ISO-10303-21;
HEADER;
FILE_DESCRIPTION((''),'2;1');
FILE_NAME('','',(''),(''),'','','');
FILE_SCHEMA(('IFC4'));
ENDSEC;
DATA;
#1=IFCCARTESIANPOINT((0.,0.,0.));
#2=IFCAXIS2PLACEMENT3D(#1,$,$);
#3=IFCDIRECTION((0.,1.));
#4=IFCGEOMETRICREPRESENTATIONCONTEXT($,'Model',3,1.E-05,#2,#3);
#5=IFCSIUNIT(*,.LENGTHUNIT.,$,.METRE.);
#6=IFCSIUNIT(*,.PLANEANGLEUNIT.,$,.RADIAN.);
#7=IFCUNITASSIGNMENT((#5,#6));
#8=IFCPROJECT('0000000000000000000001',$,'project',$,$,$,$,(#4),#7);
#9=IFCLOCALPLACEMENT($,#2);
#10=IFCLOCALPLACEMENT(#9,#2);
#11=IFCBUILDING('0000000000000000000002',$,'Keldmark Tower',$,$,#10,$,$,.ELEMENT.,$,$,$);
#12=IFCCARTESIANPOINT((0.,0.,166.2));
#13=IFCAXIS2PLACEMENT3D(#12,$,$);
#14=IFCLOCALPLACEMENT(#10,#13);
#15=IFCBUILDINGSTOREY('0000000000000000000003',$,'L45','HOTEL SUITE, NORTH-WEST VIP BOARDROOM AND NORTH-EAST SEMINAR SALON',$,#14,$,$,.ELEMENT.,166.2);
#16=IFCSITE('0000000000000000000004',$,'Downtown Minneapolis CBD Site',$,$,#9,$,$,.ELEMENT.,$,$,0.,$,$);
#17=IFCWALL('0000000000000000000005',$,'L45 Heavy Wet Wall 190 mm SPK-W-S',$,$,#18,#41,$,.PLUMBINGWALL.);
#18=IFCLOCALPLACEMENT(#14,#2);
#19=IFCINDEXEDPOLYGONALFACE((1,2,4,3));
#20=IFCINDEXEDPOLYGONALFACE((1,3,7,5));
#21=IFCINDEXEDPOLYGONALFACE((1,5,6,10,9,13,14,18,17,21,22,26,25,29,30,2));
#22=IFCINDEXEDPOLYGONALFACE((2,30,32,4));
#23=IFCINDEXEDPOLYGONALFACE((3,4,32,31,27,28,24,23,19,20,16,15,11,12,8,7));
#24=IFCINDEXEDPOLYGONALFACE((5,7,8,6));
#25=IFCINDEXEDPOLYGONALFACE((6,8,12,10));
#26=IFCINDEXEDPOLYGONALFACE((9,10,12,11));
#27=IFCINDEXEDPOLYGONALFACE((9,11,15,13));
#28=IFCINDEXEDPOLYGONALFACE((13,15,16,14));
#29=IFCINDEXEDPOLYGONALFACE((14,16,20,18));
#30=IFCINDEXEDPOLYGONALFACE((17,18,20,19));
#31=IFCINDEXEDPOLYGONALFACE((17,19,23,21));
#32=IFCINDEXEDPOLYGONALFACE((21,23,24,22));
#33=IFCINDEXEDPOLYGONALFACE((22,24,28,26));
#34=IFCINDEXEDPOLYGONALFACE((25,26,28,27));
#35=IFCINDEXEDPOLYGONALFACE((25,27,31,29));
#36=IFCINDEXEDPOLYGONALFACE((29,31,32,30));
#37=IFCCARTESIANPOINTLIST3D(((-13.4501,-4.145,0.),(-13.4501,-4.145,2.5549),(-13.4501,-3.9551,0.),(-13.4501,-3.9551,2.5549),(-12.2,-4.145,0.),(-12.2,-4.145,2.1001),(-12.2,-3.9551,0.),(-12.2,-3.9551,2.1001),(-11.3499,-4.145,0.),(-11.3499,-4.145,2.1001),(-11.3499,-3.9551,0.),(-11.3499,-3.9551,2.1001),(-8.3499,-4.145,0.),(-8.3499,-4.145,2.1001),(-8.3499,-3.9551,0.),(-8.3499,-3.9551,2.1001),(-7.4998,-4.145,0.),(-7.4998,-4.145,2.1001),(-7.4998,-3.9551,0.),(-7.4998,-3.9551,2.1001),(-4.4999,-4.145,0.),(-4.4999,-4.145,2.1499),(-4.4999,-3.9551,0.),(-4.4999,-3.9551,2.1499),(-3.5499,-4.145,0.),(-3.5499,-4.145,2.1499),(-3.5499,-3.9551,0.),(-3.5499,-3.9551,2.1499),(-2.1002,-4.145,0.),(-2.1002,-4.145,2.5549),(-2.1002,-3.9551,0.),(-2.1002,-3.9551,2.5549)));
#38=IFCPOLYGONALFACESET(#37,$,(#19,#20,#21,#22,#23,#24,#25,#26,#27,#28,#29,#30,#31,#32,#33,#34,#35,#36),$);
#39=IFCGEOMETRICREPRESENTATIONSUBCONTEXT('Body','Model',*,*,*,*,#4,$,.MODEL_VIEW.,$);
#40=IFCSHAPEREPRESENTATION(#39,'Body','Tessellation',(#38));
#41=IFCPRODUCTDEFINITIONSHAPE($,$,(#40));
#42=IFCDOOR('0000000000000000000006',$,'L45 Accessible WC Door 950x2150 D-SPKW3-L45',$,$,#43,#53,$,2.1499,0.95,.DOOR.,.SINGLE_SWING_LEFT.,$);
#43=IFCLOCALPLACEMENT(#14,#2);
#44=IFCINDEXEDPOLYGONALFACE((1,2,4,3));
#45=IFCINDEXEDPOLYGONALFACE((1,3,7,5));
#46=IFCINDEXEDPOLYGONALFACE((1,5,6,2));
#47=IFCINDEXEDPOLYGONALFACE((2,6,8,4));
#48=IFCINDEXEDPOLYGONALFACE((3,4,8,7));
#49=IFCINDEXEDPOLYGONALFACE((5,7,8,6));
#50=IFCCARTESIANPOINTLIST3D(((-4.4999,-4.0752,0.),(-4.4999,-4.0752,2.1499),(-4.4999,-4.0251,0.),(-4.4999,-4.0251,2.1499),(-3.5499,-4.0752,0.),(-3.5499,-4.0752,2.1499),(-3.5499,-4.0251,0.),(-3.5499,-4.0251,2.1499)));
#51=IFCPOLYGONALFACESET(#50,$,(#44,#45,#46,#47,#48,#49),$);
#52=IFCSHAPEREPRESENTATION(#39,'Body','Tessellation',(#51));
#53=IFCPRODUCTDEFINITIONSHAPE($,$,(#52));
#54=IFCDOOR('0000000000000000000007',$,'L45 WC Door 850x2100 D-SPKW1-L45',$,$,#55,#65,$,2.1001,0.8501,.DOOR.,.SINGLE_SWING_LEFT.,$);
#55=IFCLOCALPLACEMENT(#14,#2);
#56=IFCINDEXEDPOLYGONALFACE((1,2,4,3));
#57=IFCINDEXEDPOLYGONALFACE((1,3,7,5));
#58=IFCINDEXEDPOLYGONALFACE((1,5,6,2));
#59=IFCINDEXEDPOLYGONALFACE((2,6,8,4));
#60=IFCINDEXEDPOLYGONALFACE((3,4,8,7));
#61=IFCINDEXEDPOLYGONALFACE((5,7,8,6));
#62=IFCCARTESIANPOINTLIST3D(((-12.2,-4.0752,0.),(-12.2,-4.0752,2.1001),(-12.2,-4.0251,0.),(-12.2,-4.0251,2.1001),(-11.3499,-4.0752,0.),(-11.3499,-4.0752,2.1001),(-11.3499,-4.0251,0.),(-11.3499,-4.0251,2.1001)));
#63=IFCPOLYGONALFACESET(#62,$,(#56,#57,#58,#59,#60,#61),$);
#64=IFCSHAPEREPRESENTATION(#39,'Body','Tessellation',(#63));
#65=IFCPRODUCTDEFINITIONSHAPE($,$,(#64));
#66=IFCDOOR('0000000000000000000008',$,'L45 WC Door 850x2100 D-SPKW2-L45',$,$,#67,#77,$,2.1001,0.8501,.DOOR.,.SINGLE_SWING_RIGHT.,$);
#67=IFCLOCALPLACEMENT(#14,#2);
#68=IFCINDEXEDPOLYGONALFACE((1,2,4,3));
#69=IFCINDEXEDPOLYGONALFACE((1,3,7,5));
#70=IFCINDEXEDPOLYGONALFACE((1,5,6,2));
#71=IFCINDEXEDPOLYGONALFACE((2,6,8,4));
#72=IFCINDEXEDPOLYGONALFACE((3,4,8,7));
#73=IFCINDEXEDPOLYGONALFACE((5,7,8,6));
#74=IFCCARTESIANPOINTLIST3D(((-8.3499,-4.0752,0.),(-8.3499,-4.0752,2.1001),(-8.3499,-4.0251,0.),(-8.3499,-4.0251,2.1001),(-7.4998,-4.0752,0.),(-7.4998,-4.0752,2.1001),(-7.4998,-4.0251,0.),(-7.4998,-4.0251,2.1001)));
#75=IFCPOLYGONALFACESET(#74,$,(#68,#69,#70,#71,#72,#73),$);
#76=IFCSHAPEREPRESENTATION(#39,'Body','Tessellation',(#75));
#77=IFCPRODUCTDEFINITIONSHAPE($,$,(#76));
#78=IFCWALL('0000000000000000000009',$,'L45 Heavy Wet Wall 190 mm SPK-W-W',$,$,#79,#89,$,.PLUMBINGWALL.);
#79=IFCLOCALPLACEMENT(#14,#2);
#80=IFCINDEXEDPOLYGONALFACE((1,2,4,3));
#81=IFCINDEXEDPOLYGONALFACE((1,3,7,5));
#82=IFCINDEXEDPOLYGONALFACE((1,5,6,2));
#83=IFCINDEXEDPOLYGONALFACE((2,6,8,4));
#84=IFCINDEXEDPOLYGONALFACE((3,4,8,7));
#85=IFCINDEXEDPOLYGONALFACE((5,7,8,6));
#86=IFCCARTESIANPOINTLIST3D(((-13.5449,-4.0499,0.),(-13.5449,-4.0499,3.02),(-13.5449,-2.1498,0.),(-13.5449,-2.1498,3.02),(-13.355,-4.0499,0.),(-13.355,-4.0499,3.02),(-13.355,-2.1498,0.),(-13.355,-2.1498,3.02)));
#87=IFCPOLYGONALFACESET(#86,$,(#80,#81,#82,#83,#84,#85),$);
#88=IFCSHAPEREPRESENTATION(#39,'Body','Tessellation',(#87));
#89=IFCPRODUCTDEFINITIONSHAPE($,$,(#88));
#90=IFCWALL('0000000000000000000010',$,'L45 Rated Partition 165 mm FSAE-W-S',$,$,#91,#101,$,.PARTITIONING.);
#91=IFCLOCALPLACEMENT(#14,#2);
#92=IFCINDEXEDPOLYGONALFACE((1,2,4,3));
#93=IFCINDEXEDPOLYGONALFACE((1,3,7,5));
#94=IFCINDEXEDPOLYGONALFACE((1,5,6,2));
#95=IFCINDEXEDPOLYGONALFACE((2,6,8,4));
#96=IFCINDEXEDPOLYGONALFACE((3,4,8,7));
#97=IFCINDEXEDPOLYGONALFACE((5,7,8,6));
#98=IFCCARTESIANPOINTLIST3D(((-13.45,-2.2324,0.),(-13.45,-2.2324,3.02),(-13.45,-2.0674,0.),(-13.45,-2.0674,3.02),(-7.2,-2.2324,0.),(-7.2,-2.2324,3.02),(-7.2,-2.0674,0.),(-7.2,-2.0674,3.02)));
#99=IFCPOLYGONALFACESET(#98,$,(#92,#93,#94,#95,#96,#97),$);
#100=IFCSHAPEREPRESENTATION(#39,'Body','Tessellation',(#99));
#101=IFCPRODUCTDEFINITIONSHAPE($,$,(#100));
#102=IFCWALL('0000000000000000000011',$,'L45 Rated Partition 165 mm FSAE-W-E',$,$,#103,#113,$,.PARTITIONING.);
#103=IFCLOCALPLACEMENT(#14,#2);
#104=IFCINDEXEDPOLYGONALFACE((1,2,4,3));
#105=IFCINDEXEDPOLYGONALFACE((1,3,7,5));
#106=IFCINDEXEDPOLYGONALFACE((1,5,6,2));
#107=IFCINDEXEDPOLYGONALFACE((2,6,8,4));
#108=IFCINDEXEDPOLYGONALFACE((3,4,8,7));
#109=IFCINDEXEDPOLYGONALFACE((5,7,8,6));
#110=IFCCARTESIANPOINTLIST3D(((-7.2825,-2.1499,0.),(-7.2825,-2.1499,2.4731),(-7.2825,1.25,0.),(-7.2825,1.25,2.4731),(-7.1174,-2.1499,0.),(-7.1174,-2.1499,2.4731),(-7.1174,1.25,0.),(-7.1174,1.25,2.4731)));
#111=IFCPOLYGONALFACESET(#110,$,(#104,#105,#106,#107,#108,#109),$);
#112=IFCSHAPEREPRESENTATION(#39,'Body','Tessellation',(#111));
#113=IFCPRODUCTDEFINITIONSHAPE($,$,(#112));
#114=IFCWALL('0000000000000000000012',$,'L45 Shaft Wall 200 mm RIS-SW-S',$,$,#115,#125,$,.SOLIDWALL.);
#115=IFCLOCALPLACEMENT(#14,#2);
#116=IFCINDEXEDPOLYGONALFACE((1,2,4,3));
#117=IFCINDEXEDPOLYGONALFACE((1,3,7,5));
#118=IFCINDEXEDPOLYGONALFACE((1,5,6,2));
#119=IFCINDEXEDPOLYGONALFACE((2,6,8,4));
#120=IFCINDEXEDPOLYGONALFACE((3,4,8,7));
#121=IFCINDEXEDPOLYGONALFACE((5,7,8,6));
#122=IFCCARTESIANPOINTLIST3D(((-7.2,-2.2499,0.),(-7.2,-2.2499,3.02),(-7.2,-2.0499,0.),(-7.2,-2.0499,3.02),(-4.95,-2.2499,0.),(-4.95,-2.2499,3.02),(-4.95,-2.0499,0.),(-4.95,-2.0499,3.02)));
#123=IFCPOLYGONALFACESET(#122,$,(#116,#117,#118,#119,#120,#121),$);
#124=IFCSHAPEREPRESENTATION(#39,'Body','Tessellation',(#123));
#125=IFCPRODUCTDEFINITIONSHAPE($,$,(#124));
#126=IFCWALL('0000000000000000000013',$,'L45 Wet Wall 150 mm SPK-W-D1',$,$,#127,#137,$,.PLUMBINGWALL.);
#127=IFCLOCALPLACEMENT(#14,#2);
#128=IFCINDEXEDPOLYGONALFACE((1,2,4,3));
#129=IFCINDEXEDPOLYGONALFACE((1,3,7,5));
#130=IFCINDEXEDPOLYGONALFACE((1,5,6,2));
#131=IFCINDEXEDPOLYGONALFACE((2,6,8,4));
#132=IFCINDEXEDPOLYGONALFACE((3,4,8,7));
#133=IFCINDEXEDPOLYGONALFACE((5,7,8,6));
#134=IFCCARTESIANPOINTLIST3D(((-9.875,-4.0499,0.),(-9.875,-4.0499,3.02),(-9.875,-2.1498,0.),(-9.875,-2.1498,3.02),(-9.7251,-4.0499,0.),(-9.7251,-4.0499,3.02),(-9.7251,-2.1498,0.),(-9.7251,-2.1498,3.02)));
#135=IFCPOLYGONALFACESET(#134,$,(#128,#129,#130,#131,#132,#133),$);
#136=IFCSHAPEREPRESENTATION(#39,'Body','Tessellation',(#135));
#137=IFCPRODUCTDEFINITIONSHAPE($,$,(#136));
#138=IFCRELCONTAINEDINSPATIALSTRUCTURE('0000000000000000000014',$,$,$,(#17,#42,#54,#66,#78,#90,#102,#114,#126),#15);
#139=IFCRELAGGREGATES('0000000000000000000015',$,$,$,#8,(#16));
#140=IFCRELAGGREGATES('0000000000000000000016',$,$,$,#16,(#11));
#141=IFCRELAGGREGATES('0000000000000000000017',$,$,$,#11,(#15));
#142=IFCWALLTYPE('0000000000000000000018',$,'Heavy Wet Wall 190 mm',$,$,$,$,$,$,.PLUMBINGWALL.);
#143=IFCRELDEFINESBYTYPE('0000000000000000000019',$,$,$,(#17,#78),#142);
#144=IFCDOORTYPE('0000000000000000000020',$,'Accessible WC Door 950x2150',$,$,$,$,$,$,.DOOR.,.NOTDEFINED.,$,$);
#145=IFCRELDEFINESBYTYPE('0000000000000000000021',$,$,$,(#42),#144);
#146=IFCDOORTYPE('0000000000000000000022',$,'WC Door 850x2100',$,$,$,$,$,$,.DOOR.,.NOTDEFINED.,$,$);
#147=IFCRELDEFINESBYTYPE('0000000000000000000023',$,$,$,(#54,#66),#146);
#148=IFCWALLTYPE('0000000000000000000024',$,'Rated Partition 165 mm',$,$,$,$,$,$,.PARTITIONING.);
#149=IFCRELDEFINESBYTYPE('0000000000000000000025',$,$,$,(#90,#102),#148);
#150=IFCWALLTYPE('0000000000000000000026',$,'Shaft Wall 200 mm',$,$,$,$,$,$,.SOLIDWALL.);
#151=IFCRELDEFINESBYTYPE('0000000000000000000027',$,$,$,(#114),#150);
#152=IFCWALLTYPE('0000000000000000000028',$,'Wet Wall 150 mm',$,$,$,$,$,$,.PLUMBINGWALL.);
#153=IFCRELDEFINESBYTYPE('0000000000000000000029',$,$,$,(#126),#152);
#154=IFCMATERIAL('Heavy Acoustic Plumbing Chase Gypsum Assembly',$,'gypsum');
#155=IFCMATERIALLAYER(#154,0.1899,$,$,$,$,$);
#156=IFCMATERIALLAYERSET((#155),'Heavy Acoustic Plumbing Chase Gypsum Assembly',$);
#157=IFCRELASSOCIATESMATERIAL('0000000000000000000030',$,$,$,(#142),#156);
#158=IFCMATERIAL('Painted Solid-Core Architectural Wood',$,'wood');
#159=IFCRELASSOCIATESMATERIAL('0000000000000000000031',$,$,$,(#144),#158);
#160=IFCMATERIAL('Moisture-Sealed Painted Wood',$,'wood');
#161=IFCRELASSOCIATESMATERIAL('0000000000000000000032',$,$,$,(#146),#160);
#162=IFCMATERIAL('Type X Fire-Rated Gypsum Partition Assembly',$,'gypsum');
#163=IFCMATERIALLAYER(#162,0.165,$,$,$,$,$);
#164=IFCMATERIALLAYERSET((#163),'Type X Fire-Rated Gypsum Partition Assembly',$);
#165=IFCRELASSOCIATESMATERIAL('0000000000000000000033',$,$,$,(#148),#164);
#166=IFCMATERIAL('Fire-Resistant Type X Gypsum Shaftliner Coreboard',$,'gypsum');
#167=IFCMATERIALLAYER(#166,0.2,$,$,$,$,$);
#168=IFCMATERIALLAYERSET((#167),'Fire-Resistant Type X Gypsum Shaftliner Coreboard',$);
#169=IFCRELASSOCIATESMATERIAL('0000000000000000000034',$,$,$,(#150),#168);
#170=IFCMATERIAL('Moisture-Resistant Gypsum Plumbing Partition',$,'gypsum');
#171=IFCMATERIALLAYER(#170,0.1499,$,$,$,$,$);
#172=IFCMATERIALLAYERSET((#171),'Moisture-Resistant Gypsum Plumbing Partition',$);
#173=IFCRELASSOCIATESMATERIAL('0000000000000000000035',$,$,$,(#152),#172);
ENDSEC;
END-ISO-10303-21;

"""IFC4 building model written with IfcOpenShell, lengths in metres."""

from ifc_helpers import new_model, si_unit, direction, frame, frame_2d, origin, place, context, subcontext, project, spatial, rectangle, extrude, material, layer, layer_set, type_object, element, fill, save


model = new_model("IFC4")

# Units and contexts
model_context = context("Model", 3, precision=1e-05, world=origin(), true_north=direction((0.0, 1.0)))
body_context = subcontext(model_context, "Body", "Model", "MODEL_VIEW")
ifc_project = project(units=[si_unit("LENGTHUNIT", "METRE"), si_unit("PLANEANGLEUNIT", "RADIAN")], contexts=[model_context])

# Site, building, storey
site_placement = place(None, origin())
site = spatial("IfcSite", under=ifc_project, at=site_placement, Name="Downtown Minneapolis CBD Site", CompositionType="ELEMENT", RefElevation=0.0)
building_placement = place(site_placement, origin())
building = spatial("IfcBuilding", under=site, at=building_placement, Name="Keldmark Tower", CompositionType="ELEMENT")
storey_placement = place(building_placement, frame((0.0, 0.0, 166.2)))
storey = spatial("IfcBuildingStorey", under=building, at=storey_placement, Name="L45", Description="HOTEL SUITE, NORTH-WEST VIP BOARDROOM AND NORTH-EAST SEMINAR SALON", CompositionType="ELEMENT", Elevation=166.2)

# Wall, openings, doors
ifc_material_1 = material(Name="Heavy Acoustic Plumbing Chase Gypsum Assembly", Category="gypsum")
ifc_layer_1 = layer(ifc_material_1, 0.1899)
ifc_layer_set_1 = layer_set([ifc_layer_1], Name="Heavy Acoustic Plumbing Chase Gypsum Assembly")
wall_type_1 = type_object("IfcWallType", Name="Heavy Wet Wall 190 mm", PredefinedType="PLUMBINGWALL", material=ifc_layer_set_1)
wall_1_placement = place(storey_placement, frame((-13.45, -4.05, 0.0), z_axis=(0.0, 0.0, 1.0), x_axis=(1.0, 0.0, 0.0)))
wall_1 = element("IfcWall", 1, at=wall_1_placement, inside=storey, type_object=wall_type_1, Name="L45 Heavy Wet Wall 190 mm SPK-W-S", PredefinedType="PLUMBINGWALL", context=body_context, shape_type="SweptSolid", body=[
    extrude(rectangle(XDim=11.3499, YDim=0.1899, at=frame_2d((5.6748, 0.0))), origin(), (0.0, 0.0, 1.0), 2.5549),
])
opening_1_placement = place(wall_1_placement, frame((1.25, 0.0, 0.0)))
opening_1 = element("IfcOpeningElement", 2, at=opening_1_placement, cuts=wall_1, PredefinedType="OPENING", context=body_context, shape_type="SweptSolid", body=[
    extrude(rectangle(XDim=0.8501, YDim=2.1001, at=frame_2d((0.425, 1.05))), frame((0.0, 0.105, 0.0), z_axis=(0.0, -1.0, 0.0), x_axis=(1.0, 0.0, 0.0)), (0.0, 0.0, 1.0), 0.21),
])
opening_2_placement = place(wall_1_placement, frame((5.1001, 0.0, 0.0)))
opening_2 = element("IfcOpeningElement", 3, at=opening_2_placement, cuts=wall_1, PredefinedType="OPENING", context=body_context, shape_type="SweptSolid", body=[
    extrude(rectangle(XDim=0.8501, YDim=2.1001, at=frame_2d((0.425, 1.05))), frame((0.0, 0.105, 0.0), z_axis=(0.0, -1.0, 0.0), x_axis=(1.0, 0.0, 0.0)), (0.0, 0.0, 1.0), 0.21),
])
opening_3_placement = place(wall_1_placement, frame((8.95, 0.0, 0.0)))
opening_3 = element("IfcOpeningElement", 4, at=opening_3_placement, cuts=wall_1, PredefinedType="OPENING", context=body_context, shape_type="SweptSolid", body=[
    extrude(rectangle(XDim=0.95, YDim=2.1499, at=frame_2d((0.4751, 1.075))), frame((0.0, 0.105, 0.0), z_axis=(0.0, -1.0, 0.0), x_axis=(1.0, 0.0, 0.0)), (0.0, 0.0, 1.0), 0.21),
])
ifc_material_2 = material(Name="Painted Solid-Core Architectural Wood", Category="wood")
door_type_1 = type_object("IfcDoorType", Name="Accessible WC Door 950x2150", OperationType="NOTDEFINED", PredefinedType="DOOR", material=ifc_material_2)
door_1_placement = place(opening_3_placement, origin())
door_1 = element("IfcDoor", 5, at=door_1_placement, inside=storey, type_object=door_type_1, Name="L45 Accessible WC Door 950x2150 D-SPKW3-L45", OperationType="SINGLE_SWING_LEFT", OverallHeight=2.1499, OverallWidth=0.95, PredefinedType="DOOR", context=body_context, shape_type="SweptSolid", body=[
    extrude(rectangle(XDim=0.95, YDim=2.1499, at=frame_2d((0.4751, 1.075))), frame((0.0, 0.0249, 0.0), z_axis=(0.0, -1.0, 0.0), x_axis=(1.0, 0.0, 0.0)), (0.0, 0.0, 1.0), 0.05),
])
fill(opening_3, door_1)
ifc_material_3 = material(Name="Moisture-Sealed Painted Wood", Category="wood")
door_type_2 = type_object("IfcDoorType", Name="WC Door 850x2100", OperationType="NOTDEFINED", PredefinedType="DOOR", material=ifc_material_3)
door_2_placement = place(opening_1_placement, origin())
door_2 = element("IfcDoor", 6, at=door_2_placement, inside=storey, type_object=door_type_2, Name="L45 WC Door 850x2100 D-SPKW1-L45", OperationType="SINGLE_SWING_LEFT", OverallHeight=2.1001, OverallWidth=0.8501, PredefinedType="DOOR", context=body_context, shape_type="SweptSolid", body=[
    extrude(rectangle(XDim=0.8501, YDim=2.1001, at=frame_2d((0.425, 1.05))), frame((0.0, 0.0249, 0.0), z_axis=(0.0, -1.0, 0.0), x_axis=(1.0, 0.0, 0.0)), (0.0, 0.0, 1.0), 0.05),
])
fill(opening_1, door_2)
door_3_placement = place(opening_2_placement, origin())
door_3 = element("IfcDoor", 7, at=door_3_placement, inside=storey, type_object=door_type_2, Name="L45 WC Door 850x2100 D-SPKW2-L45", OperationType="SINGLE_SWING_RIGHT", OverallHeight=2.1001, OverallWidth=0.8501, PredefinedType="DOOR", context=body_context, shape_type="SweptSolid", body=[
    extrude(rectangle(XDim=0.8501, YDim=2.1001, at=frame_2d((0.425, 1.05))), frame((0.0, 0.0249, 0.0), z_axis=(0.0, -1.0, 0.0), x_axis=(1.0, 0.0, 0.0)), (0.0, 0.0, 1.0), 0.05),
])
fill(opening_2, door_3)

# Walls
wall_2_placement = place(storey_placement, frame((-13.45, -4.05, 0.0), z_axis=(0.0, 0.0, 1.0), x_axis=(0.0, 1.0, 0.0)))
element("IfcWall", 8, at=wall_2_placement, inside=storey, type_object=wall_type_1, Name="L45 Heavy Wet Wall 190 mm SPK-W-W", PredefinedType="PLUMBINGWALL", context=body_context, shape_type="SweptSolid", body=[
    extrude(rectangle(XDim=1.9001, YDim=0.1899, at=frame_2d((0.9502, 0.0))), origin(), (0.0, 0.0, 1.0), 3.02),
])
ifc_material_4 = material(Name="Type X Fire-Rated Gypsum Partition Assembly", Category="gypsum")
ifc_layer_2 = layer(ifc_material_4, 0.165)
ifc_layer_set_2 = layer_set([ifc_layer_2], Name="Type X Fire-Rated Gypsum Partition Assembly")
wall_type_2 = type_object("IfcWallType", Name="Rated Partition 165 mm", PredefinedType="PARTITIONING", material=ifc_layer_set_2)
wall_3_placement = place(storey_placement, frame((-13.45, -2.1499, 0.0), z_axis=(0.0, 0.0, 1.0), x_axis=(1.0, 0.0, 0.0)))
element("IfcWall", 9, at=wall_3_placement, inside=storey, type_object=wall_type_2, Name="L45 Rated Partition 165 mm FSAE-W-S", PredefinedType="PARTITIONING", context=body_context, shape_type="SweptSolid", body=[
    extrude(rectangle(XDim=6.25, YDim=0.165, at=frame_2d((3.125, 0.0))), origin(), (0.0, 0.0, 1.0), 3.02),
])

# Walls
wall_4_placement = place(storey_placement, frame((-7.2, -2.1499, 0.0), z_axis=(0.0, 0.0, 1.0), x_axis=(0.0, 1.0, 0.0)))
element("IfcWall", 10, at=wall_4_placement, inside=storey, type_object=wall_type_2, Name="L45 Rated Partition 165 mm FSAE-W-E", PredefinedType="PARTITIONING", context=body_context, shape_type="SweptSolid", body=[
    extrude(rectangle(XDim=3.3999, YDim=0.165, at=frame_2d((1.7, 0.0))), origin(), (0.0, 0.0, 1.0), 2.4731),
])
ifc_material_5 = material(Name="Fire-Resistant Type X Gypsum Shaftliner Coreboard", Category="gypsum")
ifc_layer_3 = layer(ifc_material_5, 0.2)
ifc_layer_set_3 = layer_set([ifc_layer_3], Name="Fire-Resistant Type X Gypsum Shaftliner Coreboard")
wall_type_3 = type_object("IfcWallType", Name="Shaft Wall 200 mm", PredefinedType="SOLIDWALL", material=ifc_layer_set_3)
wall_5_placement = place(storey_placement, frame((-7.2, -2.1499, 0.0), z_axis=(0.0, 0.0, 1.0), x_axis=(1.0, 0.0, 0.0)))
element("IfcWall", 11, at=wall_5_placement, inside=storey, type_object=wall_type_3, Name="L45 Shaft Wall 200 mm RIS-SW-S", PredefinedType="SOLIDWALL", context=body_context, shape_type="SweptSolid", body=[
    extrude(rectangle(XDim=2.25, YDim=0.2, at=frame_2d((1.125, 0.0))), origin(), (0.0, 0.0, 1.0), 3.02),
])
ifc_material_6 = material(Name="Moisture-Resistant Gypsum Plumbing Partition", Category="gypsum")
ifc_layer_4 = layer(ifc_material_6, 0.1499)
ifc_layer_set_4 = layer_set([ifc_layer_4], Name="Moisture-Resistant Gypsum Plumbing Partition")
wall_type_4 = type_object("IfcWallType", Name="Wet Wall 150 mm", PredefinedType="PLUMBINGWALL", material=ifc_layer_set_4)
wall_6_placement = place(storey_placement, frame((-9.8, -4.05, 0.0), z_axis=(0.0, 0.0, 1.0), x_axis=(0.0, 1.0, 0.0)))
element("IfcWall", 12, at=wall_6_placement, inside=storey, type_object=wall_type_4, Name="L45 Wet Wall 150 mm SPK-W-D1", PredefinedType="PLUMBINGWALL", context=body_context, shape_type="SweptSolid", body=[
    extrude(rectangle(XDim=1.9001, YDim=0.1499, at=frame_2d((0.9502, 0.0))), origin(), (0.0, 0.0, 1.0), 3.02),
])

save(model, "model.ifc")
